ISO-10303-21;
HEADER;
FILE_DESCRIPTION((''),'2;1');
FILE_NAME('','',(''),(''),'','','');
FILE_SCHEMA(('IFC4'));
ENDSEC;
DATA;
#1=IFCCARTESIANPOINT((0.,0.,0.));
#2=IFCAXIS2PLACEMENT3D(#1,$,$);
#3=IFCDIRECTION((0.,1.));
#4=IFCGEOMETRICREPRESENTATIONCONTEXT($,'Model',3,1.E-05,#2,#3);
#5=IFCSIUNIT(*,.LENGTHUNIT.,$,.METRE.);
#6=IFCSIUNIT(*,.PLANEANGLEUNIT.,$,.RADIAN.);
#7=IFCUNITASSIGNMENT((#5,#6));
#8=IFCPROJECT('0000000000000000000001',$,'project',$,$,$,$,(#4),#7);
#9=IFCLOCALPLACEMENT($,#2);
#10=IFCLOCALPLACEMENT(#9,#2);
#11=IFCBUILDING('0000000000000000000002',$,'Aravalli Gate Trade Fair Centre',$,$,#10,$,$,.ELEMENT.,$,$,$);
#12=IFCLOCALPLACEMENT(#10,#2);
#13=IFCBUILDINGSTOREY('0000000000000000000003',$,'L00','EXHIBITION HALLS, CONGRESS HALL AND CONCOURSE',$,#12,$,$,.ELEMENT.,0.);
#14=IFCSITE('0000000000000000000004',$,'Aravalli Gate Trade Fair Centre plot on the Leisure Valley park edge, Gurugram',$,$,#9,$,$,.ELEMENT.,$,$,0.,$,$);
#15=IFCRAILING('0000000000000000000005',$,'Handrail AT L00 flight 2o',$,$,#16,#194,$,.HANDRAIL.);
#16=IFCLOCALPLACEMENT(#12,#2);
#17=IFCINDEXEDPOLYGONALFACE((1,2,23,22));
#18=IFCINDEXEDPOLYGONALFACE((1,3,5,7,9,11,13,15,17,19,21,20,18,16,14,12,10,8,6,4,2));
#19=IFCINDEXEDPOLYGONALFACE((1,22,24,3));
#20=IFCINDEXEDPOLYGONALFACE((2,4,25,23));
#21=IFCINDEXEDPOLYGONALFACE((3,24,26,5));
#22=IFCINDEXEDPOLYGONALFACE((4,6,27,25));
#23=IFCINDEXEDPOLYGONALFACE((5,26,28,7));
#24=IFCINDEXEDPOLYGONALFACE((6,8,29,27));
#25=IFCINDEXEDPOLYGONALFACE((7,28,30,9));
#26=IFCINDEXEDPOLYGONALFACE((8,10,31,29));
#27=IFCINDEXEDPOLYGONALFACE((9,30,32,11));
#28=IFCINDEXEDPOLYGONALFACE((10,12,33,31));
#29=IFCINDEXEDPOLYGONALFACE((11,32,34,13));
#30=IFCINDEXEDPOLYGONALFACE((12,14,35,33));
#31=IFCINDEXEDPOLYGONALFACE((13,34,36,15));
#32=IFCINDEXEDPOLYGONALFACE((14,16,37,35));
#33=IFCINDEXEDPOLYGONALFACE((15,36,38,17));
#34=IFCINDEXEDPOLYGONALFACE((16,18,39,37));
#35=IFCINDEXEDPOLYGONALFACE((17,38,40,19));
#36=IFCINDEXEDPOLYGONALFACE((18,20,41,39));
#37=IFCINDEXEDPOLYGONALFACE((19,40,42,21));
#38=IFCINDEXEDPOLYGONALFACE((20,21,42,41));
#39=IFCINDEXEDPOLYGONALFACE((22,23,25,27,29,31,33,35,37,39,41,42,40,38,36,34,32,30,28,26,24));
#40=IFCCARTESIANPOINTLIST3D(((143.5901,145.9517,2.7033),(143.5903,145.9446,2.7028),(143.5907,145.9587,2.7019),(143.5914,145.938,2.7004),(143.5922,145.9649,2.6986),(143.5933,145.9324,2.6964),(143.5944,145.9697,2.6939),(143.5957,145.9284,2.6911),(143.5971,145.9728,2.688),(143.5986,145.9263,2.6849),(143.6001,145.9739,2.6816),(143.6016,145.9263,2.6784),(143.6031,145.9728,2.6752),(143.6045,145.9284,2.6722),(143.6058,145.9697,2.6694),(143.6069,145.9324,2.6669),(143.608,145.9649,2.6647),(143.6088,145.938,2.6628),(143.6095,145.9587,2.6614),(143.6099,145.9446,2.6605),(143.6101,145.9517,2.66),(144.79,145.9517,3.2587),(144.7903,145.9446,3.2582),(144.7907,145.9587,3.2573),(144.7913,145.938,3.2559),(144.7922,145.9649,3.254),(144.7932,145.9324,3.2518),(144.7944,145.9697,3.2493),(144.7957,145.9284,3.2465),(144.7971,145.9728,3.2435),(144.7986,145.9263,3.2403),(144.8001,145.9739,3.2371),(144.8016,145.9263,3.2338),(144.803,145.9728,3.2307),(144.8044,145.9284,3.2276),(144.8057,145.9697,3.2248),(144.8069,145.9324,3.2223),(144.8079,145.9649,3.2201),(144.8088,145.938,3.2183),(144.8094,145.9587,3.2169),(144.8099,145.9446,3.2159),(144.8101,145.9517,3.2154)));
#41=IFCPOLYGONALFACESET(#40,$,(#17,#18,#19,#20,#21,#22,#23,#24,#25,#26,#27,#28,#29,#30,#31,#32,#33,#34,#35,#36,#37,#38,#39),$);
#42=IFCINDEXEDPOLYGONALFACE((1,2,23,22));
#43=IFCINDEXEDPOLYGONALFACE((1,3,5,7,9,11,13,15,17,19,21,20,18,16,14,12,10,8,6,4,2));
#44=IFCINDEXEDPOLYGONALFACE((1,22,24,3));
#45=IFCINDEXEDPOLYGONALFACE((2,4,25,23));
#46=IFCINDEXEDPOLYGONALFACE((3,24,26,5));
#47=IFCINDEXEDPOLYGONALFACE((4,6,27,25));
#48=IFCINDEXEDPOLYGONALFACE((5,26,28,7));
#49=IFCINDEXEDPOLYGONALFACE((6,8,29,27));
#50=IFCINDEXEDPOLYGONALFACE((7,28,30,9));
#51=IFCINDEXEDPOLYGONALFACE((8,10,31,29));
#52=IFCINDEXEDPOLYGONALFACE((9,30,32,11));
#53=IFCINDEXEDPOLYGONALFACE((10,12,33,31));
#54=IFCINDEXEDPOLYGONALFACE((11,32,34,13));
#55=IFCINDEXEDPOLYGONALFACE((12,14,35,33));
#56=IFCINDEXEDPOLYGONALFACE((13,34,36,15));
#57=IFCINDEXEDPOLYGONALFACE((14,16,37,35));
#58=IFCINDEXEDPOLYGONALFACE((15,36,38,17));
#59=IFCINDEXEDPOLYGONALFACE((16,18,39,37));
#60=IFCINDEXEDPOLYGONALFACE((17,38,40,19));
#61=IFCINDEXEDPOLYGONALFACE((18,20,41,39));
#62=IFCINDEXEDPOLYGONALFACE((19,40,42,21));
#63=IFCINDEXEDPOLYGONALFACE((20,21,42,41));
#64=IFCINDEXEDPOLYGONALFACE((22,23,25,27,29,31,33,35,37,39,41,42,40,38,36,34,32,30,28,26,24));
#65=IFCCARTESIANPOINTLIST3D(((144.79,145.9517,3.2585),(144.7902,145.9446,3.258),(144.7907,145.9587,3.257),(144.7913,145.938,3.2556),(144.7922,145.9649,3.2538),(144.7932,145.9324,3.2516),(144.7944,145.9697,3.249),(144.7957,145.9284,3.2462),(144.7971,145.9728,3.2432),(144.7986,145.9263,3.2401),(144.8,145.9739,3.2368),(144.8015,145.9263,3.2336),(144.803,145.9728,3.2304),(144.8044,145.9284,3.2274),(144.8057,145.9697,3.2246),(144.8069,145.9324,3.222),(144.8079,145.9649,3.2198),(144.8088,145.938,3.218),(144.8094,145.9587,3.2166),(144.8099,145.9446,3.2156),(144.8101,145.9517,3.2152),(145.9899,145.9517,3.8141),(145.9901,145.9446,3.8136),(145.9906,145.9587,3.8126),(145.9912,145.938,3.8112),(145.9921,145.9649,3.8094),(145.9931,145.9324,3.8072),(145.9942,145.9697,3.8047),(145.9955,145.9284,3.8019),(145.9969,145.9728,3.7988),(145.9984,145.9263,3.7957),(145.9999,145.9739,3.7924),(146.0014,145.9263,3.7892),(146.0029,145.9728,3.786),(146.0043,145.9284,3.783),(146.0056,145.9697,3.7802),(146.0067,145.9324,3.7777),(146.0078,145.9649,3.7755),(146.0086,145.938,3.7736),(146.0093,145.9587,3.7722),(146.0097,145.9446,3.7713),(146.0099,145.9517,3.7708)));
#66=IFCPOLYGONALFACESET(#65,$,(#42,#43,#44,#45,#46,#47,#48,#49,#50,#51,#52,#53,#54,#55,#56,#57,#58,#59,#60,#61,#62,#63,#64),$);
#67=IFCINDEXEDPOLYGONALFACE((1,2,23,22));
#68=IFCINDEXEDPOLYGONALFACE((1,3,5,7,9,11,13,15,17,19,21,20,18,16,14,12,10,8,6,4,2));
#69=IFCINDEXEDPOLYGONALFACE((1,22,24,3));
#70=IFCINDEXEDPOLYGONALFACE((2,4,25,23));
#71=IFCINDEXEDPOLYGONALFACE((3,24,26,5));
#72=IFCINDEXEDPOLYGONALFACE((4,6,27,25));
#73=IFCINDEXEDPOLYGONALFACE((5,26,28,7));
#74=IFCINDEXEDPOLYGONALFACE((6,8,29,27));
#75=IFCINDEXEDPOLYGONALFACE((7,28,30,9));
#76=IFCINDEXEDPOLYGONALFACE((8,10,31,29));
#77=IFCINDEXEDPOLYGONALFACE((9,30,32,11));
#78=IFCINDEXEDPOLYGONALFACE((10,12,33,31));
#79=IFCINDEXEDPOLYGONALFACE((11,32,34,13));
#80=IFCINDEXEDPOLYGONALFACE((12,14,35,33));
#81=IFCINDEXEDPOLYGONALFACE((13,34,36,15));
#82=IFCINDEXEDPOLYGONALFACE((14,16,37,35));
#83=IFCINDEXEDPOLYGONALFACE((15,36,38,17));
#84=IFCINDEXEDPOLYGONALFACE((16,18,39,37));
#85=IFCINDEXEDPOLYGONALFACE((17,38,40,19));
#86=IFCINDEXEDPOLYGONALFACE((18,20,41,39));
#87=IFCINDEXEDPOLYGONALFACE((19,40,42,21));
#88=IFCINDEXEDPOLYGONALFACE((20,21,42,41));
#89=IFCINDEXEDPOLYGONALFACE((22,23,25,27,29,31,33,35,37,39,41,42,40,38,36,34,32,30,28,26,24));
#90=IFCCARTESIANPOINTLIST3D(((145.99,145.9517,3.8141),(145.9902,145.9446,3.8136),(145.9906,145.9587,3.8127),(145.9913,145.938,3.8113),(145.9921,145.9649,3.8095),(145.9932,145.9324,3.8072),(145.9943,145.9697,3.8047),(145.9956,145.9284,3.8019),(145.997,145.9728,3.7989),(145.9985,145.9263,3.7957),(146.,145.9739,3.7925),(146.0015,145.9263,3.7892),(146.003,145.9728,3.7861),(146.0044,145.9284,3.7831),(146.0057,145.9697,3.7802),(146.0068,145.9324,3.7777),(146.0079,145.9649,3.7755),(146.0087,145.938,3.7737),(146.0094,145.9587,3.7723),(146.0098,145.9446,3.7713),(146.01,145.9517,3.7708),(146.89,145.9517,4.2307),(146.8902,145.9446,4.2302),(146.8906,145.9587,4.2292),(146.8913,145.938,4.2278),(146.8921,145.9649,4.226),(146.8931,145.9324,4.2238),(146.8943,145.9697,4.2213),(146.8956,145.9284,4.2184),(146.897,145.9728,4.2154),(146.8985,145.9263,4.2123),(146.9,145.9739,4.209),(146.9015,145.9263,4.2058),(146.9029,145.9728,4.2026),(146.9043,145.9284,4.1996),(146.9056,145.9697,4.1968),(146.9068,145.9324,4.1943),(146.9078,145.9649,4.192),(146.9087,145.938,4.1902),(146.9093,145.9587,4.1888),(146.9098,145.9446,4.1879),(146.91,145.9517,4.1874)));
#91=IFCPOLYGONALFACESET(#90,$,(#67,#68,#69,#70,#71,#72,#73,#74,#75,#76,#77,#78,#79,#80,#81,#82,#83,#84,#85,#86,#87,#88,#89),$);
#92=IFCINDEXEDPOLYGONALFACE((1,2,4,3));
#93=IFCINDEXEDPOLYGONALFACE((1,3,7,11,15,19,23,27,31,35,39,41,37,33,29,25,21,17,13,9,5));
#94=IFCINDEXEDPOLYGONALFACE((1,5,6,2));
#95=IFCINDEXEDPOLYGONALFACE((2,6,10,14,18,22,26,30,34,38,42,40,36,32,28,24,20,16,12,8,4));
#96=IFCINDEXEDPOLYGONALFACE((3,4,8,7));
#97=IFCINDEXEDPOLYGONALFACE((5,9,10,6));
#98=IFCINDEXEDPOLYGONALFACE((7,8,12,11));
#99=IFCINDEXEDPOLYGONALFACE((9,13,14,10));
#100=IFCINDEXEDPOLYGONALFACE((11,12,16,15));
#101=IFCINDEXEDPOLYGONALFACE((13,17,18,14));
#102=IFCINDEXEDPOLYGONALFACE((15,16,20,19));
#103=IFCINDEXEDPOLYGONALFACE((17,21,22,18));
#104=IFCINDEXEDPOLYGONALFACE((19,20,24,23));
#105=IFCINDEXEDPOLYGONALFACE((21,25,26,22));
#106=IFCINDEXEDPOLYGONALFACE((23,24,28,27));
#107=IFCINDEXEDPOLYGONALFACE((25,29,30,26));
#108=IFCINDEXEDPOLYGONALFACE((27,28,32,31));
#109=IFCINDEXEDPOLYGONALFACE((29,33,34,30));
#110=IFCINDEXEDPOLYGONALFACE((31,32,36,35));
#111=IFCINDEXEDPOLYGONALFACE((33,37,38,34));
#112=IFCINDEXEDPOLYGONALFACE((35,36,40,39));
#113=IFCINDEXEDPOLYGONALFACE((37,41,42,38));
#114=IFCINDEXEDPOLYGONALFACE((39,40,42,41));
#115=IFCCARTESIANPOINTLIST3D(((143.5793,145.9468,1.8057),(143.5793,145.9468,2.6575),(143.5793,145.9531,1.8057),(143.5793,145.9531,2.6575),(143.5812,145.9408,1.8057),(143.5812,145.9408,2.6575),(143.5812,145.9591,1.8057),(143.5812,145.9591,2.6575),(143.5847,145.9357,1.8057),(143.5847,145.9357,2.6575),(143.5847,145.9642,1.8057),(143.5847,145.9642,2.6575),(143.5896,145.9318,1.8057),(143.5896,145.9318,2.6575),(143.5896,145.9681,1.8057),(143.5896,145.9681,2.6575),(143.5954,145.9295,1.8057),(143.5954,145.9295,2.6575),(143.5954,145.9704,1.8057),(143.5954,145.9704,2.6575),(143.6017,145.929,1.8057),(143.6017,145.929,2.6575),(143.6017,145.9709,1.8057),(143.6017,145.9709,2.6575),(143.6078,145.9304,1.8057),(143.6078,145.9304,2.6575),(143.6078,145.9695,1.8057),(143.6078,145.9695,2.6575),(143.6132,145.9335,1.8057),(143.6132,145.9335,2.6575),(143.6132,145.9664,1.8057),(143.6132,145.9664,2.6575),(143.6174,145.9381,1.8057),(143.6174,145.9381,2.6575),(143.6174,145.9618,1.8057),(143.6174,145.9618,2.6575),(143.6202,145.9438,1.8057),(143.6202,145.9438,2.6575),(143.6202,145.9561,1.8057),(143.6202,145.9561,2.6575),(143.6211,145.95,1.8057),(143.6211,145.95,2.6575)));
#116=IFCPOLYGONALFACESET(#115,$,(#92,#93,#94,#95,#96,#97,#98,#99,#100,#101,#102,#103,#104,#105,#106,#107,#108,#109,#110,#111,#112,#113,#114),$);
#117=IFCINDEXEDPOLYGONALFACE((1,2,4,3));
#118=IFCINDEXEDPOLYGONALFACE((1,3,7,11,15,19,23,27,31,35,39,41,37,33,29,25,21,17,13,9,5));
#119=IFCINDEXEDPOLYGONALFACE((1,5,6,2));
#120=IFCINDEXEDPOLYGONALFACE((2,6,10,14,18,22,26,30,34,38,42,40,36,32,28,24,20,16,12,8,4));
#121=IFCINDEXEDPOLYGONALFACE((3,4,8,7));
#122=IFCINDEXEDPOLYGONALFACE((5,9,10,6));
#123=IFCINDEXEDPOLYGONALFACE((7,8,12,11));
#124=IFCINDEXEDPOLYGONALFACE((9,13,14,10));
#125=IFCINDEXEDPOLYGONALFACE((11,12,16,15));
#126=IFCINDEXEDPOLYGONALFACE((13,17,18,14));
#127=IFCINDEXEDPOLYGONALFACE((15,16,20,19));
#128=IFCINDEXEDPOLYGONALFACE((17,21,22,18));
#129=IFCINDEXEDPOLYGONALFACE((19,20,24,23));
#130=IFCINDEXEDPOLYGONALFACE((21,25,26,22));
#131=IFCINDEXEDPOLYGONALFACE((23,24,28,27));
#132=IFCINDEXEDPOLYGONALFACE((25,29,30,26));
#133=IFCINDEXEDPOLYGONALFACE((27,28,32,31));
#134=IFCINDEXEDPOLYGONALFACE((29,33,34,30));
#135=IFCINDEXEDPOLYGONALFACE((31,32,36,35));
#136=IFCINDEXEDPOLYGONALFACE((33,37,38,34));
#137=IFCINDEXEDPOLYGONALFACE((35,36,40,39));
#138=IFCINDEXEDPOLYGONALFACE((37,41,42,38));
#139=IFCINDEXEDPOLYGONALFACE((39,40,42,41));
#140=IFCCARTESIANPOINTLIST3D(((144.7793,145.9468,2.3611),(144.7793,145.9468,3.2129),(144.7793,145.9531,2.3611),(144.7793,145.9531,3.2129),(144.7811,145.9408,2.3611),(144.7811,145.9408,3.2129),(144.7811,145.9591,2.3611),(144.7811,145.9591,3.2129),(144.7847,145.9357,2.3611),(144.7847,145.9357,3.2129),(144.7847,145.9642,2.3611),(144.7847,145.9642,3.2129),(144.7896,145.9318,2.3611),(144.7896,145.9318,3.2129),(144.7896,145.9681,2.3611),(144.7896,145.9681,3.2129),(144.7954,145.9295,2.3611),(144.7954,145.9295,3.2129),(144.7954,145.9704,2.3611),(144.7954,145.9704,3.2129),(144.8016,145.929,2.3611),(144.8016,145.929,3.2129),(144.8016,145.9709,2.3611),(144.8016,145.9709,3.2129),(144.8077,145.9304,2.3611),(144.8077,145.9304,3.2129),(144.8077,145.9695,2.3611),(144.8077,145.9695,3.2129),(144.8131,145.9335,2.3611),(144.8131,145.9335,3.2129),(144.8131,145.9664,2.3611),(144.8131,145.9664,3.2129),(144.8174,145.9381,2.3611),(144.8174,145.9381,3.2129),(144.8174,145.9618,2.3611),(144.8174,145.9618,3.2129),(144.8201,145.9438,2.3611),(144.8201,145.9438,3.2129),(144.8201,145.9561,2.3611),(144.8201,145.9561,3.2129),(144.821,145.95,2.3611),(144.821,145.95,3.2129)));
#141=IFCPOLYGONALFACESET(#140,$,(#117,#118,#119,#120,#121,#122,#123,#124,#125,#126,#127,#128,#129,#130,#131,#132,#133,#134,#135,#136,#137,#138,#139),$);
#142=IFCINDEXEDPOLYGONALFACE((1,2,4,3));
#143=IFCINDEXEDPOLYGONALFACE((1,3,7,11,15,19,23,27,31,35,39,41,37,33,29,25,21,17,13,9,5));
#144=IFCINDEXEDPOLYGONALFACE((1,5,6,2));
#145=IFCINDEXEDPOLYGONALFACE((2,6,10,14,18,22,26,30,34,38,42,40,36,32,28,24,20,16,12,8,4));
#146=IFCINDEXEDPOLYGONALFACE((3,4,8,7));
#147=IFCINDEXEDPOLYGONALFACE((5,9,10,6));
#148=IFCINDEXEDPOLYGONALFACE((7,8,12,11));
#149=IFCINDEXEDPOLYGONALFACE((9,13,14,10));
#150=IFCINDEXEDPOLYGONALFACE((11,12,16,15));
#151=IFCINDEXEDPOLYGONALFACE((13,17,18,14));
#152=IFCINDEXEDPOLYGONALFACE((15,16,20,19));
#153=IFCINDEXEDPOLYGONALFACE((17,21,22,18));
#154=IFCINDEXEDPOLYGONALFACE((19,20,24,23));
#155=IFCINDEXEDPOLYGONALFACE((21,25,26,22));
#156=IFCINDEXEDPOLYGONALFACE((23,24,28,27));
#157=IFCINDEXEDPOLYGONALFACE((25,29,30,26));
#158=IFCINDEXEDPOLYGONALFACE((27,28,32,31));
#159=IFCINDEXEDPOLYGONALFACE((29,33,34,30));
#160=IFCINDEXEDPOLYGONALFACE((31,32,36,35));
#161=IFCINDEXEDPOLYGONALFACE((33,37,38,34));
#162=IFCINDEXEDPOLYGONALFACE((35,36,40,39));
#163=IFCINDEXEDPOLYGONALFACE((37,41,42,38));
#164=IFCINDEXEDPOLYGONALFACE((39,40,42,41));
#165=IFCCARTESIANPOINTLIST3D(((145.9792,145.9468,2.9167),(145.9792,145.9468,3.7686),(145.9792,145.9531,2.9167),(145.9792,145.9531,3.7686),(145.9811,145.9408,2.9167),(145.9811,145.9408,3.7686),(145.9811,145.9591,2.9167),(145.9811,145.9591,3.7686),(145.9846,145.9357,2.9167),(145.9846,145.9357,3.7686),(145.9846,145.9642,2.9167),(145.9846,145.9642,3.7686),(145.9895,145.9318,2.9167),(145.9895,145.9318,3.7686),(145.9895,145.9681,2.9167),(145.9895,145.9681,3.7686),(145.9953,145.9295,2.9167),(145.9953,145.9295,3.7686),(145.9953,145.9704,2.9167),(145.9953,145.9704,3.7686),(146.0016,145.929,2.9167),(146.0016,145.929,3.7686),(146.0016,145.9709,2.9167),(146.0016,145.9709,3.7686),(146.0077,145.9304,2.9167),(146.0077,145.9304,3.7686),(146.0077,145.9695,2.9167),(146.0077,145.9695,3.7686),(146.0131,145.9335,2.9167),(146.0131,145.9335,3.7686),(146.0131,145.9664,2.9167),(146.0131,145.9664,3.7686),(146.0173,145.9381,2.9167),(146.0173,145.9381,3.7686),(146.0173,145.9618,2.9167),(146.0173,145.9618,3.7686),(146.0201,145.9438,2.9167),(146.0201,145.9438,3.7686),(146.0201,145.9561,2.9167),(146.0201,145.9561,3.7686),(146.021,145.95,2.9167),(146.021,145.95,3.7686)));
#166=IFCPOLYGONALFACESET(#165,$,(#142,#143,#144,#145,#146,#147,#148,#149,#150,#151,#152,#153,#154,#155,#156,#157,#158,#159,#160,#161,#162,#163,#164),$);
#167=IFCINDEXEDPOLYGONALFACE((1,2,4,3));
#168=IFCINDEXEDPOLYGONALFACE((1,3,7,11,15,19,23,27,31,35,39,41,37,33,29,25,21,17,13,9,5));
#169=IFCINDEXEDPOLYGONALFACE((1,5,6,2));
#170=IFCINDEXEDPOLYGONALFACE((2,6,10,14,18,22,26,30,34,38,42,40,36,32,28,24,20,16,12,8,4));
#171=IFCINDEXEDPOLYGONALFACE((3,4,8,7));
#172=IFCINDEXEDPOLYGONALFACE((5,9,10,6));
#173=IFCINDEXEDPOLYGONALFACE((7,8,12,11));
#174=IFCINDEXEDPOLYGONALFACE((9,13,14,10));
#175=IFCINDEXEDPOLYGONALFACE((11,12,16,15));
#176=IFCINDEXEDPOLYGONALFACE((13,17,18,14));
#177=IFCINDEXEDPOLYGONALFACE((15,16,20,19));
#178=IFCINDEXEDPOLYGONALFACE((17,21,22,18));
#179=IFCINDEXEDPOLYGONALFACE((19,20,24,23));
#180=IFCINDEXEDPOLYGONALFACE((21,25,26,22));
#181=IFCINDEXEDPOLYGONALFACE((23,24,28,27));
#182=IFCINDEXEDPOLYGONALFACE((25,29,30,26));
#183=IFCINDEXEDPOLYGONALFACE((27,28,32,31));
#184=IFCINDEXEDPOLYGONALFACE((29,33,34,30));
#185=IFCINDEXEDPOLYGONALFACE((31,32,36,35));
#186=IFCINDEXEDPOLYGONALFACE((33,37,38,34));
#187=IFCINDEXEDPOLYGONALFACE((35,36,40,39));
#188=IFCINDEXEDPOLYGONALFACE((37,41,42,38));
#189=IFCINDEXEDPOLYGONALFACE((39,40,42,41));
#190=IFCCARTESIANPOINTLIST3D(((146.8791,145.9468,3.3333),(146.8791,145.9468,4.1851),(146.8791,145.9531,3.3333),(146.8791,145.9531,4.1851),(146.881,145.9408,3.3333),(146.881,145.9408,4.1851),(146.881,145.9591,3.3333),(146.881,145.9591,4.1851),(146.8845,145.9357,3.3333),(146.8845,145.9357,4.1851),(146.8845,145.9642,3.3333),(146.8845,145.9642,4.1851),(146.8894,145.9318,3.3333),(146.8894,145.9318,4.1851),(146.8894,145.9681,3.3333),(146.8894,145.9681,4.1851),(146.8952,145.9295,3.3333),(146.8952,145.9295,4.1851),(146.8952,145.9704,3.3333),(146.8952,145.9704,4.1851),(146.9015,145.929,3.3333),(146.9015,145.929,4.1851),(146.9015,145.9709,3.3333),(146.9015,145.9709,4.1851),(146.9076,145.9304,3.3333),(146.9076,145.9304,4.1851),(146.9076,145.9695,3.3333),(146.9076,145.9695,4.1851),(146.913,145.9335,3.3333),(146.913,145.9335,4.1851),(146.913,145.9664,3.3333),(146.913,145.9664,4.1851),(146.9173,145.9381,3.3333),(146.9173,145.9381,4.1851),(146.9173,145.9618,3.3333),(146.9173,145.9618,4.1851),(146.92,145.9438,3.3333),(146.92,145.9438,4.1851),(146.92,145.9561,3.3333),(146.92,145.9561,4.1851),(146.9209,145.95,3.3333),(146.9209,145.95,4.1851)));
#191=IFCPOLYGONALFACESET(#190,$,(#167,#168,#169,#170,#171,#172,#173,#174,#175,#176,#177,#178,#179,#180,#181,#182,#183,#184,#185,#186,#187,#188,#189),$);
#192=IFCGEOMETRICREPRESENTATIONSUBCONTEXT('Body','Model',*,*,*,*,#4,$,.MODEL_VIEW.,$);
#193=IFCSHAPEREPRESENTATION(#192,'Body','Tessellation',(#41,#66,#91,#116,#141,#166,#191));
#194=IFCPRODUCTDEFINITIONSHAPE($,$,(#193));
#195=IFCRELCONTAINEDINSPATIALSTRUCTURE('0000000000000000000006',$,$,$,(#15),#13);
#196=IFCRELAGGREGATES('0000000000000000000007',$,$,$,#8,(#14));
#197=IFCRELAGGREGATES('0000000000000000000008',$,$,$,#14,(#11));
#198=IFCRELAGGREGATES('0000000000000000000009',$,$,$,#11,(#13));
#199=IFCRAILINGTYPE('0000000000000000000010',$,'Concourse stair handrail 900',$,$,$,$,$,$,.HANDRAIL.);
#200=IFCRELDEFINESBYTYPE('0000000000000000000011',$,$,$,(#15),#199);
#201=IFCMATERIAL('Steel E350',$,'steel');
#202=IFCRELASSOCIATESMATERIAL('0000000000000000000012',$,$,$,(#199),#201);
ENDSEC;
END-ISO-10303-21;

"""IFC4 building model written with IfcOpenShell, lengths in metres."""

from ifc_helpers import new_model, si_unit, direction, frame, origin, origin_2d, place, context, subcontext, project, spatial, circle, extrude, material, type_object, element, save


model = new_model("IFC4")

# Units and contexts
model_context = context("Model", 3, precision=1e-05, world=origin(), true_north=direction((0.0, 1.0)))
body_context = subcontext(model_context, "Body", "Model", "MODEL_VIEW")
ifc_project = project(units=[si_unit("LENGTHUNIT", "METRE"), si_unit("PLANEANGLEUNIT", "RADIAN")], contexts=[model_context])

# Site, building, storey
site_placement = place(None, origin())
site = spatial("IfcSite", under=ifc_project, at=site_placement, Name="Aravalli Gate Trade Fair Centre plot on the Leisure Valley park edge, Gurugram", CompositionType="ELEMENT", RefElevation=0.0)
building_placement = place(site_placement, origin())
building = spatial("IfcBuilding", under=site, at=building_placement, Name="Aravalli Gate Trade Fair Centre", CompositionType="ELEMENT")
storey_placement = place(building_placement, origin())
storey = spatial("IfcBuildingStorey", under=building, at=storey_placement, Name="L00", Description="EXHIBITION HALLS, CONGRESS HALL AND CONCOURSE", CompositionType="ELEMENT", Elevation=0.0)

# Shared definitions
ifc_material_1 = material(Name="Steel E350", Category="steel")

# Railing
railing_type_1 = type_object("IfcRailingType", Name="Concourse stair handrail 900", PredefinedType="HANDRAIL", material=ifc_material_1)
for number, where, name in (
    (1, (143.6001, 145.95, 1.8057), "Handrail AT L00 flight 2o"),
):
    element("IfcRailing", number, at=place(storey_placement, frame(where)), inside=storey, type_object=railing_type_1, Name=name, PredefinedType="HANDRAIL", context=body_context, shape_type="SweptSolid", body=[
        extrude(circle(Radius=0.0239, at=origin_2d()), frame((0.0, 0.0, 0.876), z_axis=(0.907499, 0.0, 0.420053), x_axis=(0.0, 1.0, 0.0)), (0.0, 0.0, 1.0), 1.3223),
        extrude(circle(Radius=0.0239, at=origin_2d()), frame((1.2, 0.0, 1.4312), z_axis=(0.907429, 0.0, 0.420205), x_axis=(0.0, 1.0, 0.0)), (0.0, 0.0, 1.0), 1.3223),
        extrude(circle(Radius=0.0239, at=origin_2d()), frame((2.3999, 0.0, 1.9868), z_axis=(0.907512, 0.0, 0.420026), x_axis=(0.0, 1.0, 0.0)), (0.0, 0.0, 1.0), 0.9917),
        extrude(circle(Radius=0.021, at=origin_2d()), origin(), (0.0, 0.0, 1.0), 0.8518),
        extrude(circle(Radius=0.021, at=origin_2d()), frame((1.2, 0.0, 0.5554)), (0.0, 0.0, 1.0), 0.8518),
        extrude(circle(Radius=0.021, at=origin_2d()), frame((2.3999, 0.0, 1.1111)), (0.0, 0.0, 1.0), 0.8518),
        extrude(circle(Radius=0.021, at=origin_2d()), frame((3.2998, 0.0, 1.5276)), (0.0, 0.0, 1.0), 0.8518),
    ])

save(model, "model.ifc")
